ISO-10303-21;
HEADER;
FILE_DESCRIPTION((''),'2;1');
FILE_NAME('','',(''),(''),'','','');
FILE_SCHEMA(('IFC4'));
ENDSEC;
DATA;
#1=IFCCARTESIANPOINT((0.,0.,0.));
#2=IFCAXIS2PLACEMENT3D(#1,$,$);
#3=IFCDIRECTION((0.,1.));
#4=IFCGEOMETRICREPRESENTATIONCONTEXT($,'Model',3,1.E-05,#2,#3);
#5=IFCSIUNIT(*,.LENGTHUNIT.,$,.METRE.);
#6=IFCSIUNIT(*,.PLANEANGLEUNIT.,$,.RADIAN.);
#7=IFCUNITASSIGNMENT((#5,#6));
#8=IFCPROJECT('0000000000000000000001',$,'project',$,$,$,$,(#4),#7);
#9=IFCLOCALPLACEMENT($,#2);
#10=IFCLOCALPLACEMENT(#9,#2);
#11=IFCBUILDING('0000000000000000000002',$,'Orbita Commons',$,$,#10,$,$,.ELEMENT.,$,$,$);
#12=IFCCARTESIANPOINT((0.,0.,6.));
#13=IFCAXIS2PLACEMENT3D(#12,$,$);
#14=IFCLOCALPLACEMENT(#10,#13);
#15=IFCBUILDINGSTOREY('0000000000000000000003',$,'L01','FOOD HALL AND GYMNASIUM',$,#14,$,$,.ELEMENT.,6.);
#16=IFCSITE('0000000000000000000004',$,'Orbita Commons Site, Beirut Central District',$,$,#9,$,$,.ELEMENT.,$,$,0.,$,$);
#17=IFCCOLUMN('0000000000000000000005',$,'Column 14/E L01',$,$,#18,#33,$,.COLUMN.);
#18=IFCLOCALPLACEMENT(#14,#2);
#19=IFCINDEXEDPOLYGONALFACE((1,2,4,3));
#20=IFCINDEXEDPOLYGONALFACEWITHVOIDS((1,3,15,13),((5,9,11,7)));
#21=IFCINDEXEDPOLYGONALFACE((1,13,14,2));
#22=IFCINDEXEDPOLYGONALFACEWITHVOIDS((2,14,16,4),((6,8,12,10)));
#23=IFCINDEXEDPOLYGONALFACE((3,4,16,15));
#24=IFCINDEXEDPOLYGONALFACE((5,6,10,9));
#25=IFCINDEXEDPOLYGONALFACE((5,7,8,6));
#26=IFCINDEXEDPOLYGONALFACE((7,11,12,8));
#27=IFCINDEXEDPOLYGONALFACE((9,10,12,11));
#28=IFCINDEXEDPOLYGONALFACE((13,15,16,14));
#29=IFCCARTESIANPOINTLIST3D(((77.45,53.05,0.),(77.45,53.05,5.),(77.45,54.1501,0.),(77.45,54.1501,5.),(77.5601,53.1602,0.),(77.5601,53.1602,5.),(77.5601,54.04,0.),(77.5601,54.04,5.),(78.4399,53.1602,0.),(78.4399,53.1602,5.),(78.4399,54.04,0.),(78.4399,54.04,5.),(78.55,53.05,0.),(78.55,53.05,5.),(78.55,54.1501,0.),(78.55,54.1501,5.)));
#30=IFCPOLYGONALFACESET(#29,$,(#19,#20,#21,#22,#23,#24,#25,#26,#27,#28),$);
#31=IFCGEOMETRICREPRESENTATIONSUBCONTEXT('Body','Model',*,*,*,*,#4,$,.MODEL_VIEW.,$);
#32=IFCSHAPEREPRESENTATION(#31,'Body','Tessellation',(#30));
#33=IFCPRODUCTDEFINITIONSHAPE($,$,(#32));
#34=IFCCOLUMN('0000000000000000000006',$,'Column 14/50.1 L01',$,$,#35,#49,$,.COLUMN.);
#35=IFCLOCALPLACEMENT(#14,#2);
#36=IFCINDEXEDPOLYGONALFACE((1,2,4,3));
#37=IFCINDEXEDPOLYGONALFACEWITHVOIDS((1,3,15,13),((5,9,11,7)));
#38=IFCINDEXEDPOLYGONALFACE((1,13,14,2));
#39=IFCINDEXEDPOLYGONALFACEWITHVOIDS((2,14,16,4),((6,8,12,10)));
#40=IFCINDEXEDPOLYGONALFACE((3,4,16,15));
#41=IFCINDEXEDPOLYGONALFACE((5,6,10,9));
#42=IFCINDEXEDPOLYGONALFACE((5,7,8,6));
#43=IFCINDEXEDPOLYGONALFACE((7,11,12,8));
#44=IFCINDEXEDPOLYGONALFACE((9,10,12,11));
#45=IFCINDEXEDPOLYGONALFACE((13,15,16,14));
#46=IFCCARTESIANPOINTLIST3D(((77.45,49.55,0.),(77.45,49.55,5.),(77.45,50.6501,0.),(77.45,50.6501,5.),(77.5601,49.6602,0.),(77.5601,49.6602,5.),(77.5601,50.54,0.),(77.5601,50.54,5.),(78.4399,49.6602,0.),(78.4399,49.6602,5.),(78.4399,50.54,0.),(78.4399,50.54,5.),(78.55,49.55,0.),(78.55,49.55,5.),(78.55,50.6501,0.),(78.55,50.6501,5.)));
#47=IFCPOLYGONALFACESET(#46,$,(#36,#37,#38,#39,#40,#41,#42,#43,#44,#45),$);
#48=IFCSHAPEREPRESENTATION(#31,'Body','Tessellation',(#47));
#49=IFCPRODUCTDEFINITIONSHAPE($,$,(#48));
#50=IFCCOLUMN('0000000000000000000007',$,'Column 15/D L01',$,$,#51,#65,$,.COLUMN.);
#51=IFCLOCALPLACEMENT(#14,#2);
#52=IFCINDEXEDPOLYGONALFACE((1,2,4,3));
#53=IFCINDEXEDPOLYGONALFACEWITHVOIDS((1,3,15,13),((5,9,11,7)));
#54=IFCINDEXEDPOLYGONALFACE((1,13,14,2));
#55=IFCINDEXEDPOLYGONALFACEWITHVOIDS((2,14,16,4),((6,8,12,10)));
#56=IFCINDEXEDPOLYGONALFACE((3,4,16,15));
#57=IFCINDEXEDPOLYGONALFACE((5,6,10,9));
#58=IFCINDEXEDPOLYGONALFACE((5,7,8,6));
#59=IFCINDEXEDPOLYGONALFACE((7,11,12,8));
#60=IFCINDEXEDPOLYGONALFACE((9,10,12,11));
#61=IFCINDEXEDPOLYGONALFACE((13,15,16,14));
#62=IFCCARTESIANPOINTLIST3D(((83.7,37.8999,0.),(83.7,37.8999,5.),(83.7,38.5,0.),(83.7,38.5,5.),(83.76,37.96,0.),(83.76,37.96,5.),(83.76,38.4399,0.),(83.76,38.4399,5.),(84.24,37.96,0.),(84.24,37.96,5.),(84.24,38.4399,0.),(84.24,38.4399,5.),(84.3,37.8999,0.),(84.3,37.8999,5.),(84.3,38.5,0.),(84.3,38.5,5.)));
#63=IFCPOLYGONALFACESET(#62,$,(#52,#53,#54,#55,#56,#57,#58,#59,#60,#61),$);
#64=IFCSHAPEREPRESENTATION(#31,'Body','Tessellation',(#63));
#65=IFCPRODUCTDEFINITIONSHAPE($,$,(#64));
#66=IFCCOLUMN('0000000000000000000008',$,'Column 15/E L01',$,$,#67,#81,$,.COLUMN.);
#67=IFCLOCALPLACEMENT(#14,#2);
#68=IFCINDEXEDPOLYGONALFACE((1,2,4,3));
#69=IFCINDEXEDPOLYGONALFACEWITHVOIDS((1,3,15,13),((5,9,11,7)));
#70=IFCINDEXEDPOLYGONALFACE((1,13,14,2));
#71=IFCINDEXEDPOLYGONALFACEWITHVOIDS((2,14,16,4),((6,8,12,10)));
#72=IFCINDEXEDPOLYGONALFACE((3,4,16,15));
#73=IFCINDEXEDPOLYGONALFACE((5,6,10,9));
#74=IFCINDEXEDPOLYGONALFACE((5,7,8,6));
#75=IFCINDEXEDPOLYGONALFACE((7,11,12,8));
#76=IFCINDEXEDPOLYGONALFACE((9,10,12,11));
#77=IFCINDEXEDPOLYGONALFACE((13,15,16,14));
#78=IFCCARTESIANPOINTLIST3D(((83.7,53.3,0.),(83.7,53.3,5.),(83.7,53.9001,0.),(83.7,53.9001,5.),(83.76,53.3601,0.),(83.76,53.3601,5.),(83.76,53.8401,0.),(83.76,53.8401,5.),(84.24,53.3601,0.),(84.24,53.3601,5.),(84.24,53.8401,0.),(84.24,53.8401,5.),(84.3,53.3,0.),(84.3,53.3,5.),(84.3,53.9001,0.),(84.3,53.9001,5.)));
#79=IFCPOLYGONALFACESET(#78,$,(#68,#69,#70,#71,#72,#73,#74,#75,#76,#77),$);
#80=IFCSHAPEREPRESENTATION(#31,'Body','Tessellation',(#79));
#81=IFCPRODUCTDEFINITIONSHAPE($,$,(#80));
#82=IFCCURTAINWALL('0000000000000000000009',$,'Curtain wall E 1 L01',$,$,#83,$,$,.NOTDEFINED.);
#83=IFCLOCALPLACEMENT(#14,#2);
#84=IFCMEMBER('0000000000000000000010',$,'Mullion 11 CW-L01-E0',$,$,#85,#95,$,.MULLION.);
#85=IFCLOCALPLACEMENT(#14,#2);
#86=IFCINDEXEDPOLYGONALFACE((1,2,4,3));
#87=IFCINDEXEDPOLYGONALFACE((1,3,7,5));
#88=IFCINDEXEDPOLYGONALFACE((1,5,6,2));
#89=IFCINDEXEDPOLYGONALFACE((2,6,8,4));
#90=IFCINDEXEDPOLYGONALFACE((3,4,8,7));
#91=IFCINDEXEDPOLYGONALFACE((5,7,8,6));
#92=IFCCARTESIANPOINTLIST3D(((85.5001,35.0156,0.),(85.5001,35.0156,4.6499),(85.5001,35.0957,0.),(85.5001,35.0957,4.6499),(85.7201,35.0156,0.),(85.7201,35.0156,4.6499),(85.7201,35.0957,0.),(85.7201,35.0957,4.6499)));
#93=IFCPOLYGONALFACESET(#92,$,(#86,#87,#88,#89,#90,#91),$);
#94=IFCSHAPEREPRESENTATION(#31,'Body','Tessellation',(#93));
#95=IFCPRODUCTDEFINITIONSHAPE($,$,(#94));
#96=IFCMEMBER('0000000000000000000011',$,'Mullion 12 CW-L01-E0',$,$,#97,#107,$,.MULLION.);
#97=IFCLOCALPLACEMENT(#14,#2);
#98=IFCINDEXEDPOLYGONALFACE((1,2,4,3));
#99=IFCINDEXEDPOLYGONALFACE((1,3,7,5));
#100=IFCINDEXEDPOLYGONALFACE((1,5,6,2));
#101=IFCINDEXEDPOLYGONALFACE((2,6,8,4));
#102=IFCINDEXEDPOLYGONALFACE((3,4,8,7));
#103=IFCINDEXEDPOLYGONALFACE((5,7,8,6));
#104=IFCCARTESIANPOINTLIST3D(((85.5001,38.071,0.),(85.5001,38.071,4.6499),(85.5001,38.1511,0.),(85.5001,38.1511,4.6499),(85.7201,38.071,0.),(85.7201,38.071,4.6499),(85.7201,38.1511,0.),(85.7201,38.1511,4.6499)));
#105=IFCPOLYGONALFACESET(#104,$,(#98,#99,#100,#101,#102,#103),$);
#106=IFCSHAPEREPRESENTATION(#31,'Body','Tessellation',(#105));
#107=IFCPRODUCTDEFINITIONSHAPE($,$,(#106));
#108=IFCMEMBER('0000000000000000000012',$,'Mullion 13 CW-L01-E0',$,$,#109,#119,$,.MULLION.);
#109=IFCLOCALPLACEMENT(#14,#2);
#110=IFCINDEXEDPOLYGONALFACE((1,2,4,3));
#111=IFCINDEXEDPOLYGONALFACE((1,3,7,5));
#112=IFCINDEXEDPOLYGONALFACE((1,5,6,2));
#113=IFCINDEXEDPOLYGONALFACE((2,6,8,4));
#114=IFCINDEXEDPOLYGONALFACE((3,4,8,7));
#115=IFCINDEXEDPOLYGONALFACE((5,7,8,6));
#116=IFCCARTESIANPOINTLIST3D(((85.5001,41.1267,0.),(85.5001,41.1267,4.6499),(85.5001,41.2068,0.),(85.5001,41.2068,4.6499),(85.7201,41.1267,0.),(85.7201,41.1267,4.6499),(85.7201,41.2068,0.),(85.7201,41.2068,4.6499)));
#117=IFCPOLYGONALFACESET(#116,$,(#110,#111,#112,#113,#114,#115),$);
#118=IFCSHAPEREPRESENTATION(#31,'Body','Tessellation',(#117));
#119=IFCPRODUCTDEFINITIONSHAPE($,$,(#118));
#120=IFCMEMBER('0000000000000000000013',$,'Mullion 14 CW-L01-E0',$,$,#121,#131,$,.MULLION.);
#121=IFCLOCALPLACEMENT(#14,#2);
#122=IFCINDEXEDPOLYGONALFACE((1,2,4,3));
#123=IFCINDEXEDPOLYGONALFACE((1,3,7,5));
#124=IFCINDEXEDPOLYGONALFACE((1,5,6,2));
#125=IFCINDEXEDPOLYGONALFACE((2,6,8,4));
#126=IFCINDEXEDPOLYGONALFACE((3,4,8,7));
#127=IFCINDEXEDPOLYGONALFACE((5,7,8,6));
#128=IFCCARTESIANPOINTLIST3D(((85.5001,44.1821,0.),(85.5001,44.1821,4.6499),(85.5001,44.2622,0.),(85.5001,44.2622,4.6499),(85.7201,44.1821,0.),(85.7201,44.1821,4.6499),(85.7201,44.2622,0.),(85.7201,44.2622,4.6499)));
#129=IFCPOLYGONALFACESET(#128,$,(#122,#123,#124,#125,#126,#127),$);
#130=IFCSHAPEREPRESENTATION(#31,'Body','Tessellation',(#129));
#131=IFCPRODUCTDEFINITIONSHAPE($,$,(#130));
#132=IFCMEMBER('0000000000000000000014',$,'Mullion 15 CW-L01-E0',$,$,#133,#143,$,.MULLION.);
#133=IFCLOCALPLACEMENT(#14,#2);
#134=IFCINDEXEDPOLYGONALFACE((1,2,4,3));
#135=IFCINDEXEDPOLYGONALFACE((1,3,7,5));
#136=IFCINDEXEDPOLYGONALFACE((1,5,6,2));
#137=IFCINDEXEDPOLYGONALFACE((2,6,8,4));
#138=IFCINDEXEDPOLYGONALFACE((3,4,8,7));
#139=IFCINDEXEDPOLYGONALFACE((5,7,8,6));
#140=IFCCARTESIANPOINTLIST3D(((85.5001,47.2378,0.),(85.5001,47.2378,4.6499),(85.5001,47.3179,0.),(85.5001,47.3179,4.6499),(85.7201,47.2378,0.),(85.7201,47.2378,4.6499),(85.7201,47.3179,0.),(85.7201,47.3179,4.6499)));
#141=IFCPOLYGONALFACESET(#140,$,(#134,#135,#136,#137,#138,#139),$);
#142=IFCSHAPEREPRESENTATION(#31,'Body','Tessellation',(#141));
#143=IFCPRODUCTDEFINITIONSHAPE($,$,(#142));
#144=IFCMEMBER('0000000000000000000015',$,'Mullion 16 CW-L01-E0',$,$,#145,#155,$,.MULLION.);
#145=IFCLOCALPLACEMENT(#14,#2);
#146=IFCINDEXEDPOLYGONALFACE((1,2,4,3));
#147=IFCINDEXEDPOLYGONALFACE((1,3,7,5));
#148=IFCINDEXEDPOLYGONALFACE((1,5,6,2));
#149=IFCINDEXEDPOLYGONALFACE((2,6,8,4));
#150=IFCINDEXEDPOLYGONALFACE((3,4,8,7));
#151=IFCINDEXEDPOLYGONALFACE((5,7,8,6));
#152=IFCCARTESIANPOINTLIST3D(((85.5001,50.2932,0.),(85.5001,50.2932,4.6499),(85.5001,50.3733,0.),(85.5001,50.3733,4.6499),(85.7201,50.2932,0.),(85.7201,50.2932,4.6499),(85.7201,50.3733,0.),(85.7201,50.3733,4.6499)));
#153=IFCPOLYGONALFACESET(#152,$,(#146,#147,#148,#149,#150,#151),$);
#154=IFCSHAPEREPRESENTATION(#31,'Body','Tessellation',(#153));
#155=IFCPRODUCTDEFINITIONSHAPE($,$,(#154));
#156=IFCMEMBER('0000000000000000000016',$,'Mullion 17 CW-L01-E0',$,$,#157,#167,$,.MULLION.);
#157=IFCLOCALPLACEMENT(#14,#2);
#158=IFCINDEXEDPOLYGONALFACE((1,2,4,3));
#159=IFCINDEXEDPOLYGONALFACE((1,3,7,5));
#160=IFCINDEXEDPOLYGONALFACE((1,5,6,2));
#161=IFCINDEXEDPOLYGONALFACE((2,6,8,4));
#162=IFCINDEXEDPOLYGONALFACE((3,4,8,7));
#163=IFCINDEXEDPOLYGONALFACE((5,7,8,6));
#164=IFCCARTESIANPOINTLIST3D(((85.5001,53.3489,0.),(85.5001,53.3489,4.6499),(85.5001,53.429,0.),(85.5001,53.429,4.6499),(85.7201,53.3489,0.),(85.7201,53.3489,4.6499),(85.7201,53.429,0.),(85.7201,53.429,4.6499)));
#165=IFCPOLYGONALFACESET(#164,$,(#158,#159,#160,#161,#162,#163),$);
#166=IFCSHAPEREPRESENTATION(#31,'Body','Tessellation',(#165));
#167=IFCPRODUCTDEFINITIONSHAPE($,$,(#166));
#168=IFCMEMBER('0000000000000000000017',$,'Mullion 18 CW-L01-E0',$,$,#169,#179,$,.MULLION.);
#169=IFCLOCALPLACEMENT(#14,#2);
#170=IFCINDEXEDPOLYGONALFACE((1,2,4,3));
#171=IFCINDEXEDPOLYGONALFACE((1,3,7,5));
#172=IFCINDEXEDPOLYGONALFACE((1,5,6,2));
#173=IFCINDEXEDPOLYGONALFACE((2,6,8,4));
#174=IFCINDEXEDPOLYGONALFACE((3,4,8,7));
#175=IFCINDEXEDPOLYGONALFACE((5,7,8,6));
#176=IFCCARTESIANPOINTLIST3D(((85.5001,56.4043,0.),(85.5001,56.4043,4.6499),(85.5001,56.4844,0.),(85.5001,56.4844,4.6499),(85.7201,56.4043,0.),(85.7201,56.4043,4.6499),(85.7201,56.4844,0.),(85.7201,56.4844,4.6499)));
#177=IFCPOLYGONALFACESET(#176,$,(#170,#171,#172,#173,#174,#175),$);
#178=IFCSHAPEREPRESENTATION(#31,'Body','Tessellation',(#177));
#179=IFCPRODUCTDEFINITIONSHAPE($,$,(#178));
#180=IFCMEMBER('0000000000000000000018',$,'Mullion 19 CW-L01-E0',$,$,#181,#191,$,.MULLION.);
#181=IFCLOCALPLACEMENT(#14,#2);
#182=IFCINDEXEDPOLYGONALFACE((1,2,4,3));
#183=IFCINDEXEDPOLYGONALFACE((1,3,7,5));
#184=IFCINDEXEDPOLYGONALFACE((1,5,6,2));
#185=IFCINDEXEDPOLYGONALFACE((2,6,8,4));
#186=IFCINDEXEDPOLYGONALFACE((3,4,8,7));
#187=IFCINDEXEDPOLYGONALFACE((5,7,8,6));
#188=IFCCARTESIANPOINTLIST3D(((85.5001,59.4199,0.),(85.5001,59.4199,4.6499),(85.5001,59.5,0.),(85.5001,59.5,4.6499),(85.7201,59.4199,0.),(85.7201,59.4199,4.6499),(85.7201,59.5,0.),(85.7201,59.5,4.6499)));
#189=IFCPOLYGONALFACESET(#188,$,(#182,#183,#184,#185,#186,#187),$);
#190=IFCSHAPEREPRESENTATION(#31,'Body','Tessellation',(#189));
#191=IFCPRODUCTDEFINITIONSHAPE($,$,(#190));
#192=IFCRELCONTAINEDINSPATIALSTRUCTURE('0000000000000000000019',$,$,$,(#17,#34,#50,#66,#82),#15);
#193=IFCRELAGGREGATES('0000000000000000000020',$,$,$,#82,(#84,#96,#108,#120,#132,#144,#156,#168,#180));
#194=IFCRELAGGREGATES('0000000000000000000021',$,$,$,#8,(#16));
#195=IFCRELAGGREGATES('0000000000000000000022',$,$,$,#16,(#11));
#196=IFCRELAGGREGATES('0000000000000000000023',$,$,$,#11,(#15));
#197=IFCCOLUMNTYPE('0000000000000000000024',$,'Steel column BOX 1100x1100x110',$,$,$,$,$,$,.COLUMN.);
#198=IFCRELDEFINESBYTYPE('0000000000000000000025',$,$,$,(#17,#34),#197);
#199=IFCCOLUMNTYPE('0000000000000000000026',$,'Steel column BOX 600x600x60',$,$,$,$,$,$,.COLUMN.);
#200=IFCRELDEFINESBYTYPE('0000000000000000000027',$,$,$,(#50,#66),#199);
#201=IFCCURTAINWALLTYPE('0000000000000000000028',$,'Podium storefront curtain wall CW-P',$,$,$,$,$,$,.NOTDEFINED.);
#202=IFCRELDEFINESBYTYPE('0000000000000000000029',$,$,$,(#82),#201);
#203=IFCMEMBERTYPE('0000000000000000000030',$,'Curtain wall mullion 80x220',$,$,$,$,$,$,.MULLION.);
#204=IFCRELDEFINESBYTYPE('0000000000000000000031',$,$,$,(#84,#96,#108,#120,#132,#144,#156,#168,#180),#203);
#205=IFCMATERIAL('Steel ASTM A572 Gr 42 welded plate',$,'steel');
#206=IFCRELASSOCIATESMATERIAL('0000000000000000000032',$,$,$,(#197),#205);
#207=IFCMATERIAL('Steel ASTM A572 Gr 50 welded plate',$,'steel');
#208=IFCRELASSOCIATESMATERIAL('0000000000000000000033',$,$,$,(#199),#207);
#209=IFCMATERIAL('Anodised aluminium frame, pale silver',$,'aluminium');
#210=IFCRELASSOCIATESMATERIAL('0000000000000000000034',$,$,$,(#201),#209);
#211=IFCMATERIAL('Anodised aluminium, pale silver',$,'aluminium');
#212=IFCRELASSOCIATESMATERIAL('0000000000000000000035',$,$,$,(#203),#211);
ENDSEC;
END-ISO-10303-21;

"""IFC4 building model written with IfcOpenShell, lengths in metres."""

from ifc_helpers import new_model, si_unit, direction, frame, origin, origin_2d, place, context, subcontext, project, spatial, rectangle, hollow_rectangle, extrude, material, material_profile, profile_set, type_object, element, aggregate, save


model = new_model("IFC4")

# Units and contexts
model_context = context("Model", 3, precision=1e-05, world=origin(), true_north=direction((0.0, 1.0)))
body_context = subcontext(model_context, "Body", "Model", "MODEL_VIEW")
ifc_project = project(units=[si_unit("LENGTHUNIT", "METRE"), si_unit("PLANEANGLEUNIT", "RADIAN")], contexts=[model_context])

# Site, building, storey
site_placement = place(None, origin())
site = spatial("IfcSite", under=ifc_project, at=site_placement, Name="Orbita Commons Site, Beirut Central District", CompositionType="ELEMENT", RefElevation=0.0)
building_placement = place(site_placement, origin())
building = spatial("IfcBuilding", under=site, at=building_placement, Name="Orbita Commons", CompositionType="ELEMENT")
storey_placement = place(building_placement, frame((0.0, 0.0, 6.0)))
storey = spatial("IfcBuildingStorey", under=building, at=storey_placement, Name="L01", Description="FOOD HALL AND GYMNASIUM", CompositionType="ELEMENT", Elevation=6.0)

# Columns
ifc_material_1 = material(Name="Steel ASTM A572 Gr 42 welded plate", Category="steel")
ifc_material_profile_1 = material_profile(ifc_material_1, hollow_rectangle(XDim=1.1001, YDim=1.1001, WallThickness=0.1101, at=origin_2d()), Name="BOX 1100x1100x110")
ifc_profile_set_1 = profile_set([ifc_material_profile_1], Name="Steel ASTM A572 Gr 42 welded plate")
column_type_1 = type_object("IfcColumnType", Name="Steel column BOX 1100x1100x110", PredefinedType="COLUMN", material=ifc_profile_set_1)
for number, where, z_axis, x_axis, name in (
    (1, (78.0, 53.6001, 0.0), (0.0, 0.0, 1.0), (1.0, 0.0, 0.0), "Column 14/E L01"),
    (2, (78.0, 50.1001, 0.0), (0.0, 0.0, 1.0), (1.0, 0.0, 0.0), "Column 14/50.1 L01"),
):
    element("IfcColumn", number, at=place(storey_placement, frame(where, z_axis=z_axis, x_axis=x_axis)), inside=storey, type_object=column_type_1, Name=name, PredefinedType="COLUMN", context=body_context, shape_type="SweptSolid", body=[
        extrude(hollow_rectangle(XDim=1.1001, YDim=1.1001, WallThickness=0.1101, at=origin_2d()), origin(), (0.0, 0.0, 1.0), 5.0),
    ])
ifc_material_2 = material(Name="Steel ASTM A572 Gr 50 welded plate", Category="steel")
ifc_material_profile_2 = material_profile(ifc_material_2, hollow_rectangle(XDim=0.6001, YDim=0.6001, WallThickness=0.0601, at=origin_2d()), Name="BOX 600x600x60")
ifc_profile_set_2 = profile_set([ifc_material_profile_2], Name="Steel ASTM A572 Gr 50 welded plate")
column_type_2 = type_object("IfcColumnType", Name="Steel column BOX 600x600x60", PredefinedType="COLUMN", material=ifc_profile_set_2)
for number, where, z_axis, x_axis, name in (
    (3, (84.0, 38.2, 0.0), (0.0, 0.0, 1.0), (1.0, 0.0, 0.0), "Column 15/D L01"),
    (4, (84.0, 53.6001, 0.0), (0.0, 0.0, 1.0), (1.0, 0.0, 0.0), "Column 15/E L01"),
):
    element("IfcColumn", number, at=place(storey_placement, frame(where, z_axis=z_axis, x_axis=x_axis)), inside=storey, type_object=column_type_2, Name=name, PredefinedType="COLUMN", context=body_context, shape_type="SweptSolid", body=[
        extrude(hollow_rectangle(XDim=0.6001, YDim=0.6001, WallThickness=0.0601, at=origin_2d()), origin(), (0.0, 0.0, 1.0), 5.0),
    ])

# Curtain wall, members
ifc_material_3 = material(Name="Anodised aluminium frame, pale silver", Category="aluminium")
curtain_wall_type = type_object("IfcCurtainWallType", Name="Podium storefront curtain wall CW-P", PredefinedType="NOTDEFINED", material=ifc_material_3)
curtain_wall_placement = place(storey_placement, origin())
curtain_wall = element("IfcCurtainWall", 5, at=curtain_wall_placement, inside=storey, type_object=curtain_wall_type, Name="Curtain wall E 1 L01", PredefinedType="NOTDEFINED")
ifc_material_4 = material(Name="Anodised aluminium, pale silver", Category="aluminium")
ifc_material_profile_3 = material_profile(ifc_material_4, rectangle(XDim=0.0801, YDim=0.22, at=origin_2d()), Name="AL 80x220")
ifc_profile_set_3 = profile_set([ifc_material_profile_3], Name="Anodised aluminium, pale silver")
member_type_1 = type_object("IfcMemberType", Name="Curtain wall mullion 80x220", PredefinedType="MULLION", material=ifc_profile_set_3)
member_1_placement = place(storey_placement, frame((85.6101, 35.0557, 0.0), z_axis=(0.0, 0.0, 1.0), x_axis=(0.0, 1.0, 0.0)))
member_1 = element("IfcMember", 6, at=member_1_placement, type_object=member_type_1, Name="Mullion 11 CW-L01-E0", PredefinedType="MULLION", context=body_context, shape_type="SweptSolid", body=[
    extrude(rectangle(XDim=0.0801, YDim=0.22, at=origin_2d()), origin(), (0.0, 0.0, 1.0), 4.6499),
])
member_2_placement = place(storey_placement, frame((85.6101, 38.1111, 0.0), z_axis=(0.0, 0.0, 1.0), x_axis=(0.0, 1.0, 0.0)))
member_2 = element("IfcMember", 7, at=member_2_placement, type_object=member_type_1, Name="Mullion 12 CW-L01-E0", PredefinedType="MULLION", context=body_context, shape_type="SweptSolid", body=[
    extrude(rectangle(XDim=0.0801, YDim=0.22, at=origin_2d()), origin(), (0.0, 0.0, 1.0), 4.6499),
])
member_3_placement = place(storey_placement, frame((85.6101, 41.1667, 0.0), z_axis=(0.0, 0.0, 1.0), x_axis=(0.0, 1.0, 0.0)))
member_3 = element("IfcMember", 8, at=member_3_placement, type_object=member_type_1, Name="Mullion 13 CW-L01-E0", PredefinedType="MULLION", context=body_context, shape_type="SweptSolid", body=[
    extrude(rectangle(XDim=0.0801, YDim=0.22, at=origin_2d()), origin(), (0.0, 0.0, 1.0), 4.6499),
])
member_4_placement = place(storey_placement, frame((85.6101, 44.2222, 0.0), z_axis=(0.0, 0.0, 1.0), x_axis=(0.0, 1.0, 0.0)))
member_4 = element("IfcMember", 9, at=member_4_placement, type_object=member_type_1, Name="Mullion 14 CW-L01-E0", PredefinedType="MULLION", context=body_context, shape_type="SweptSolid", body=[
    extrude(rectangle(XDim=0.0801, YDim=0.22, at=origin_2d()), origin(), (0.0, 0.0, 1.0), 4.6499),
])
member_5_placement = place(storey_placement, frame((85.6101, 47.2778, 0.0), z_axis=(0.0, 0.0, 1.0), x_axis=(0.0, 1.0, 0.0)))
member_5 = element("IfcMember", 10, at=member_5_placement, type_object=member_type_1, Name="Mullion 15 CW-L01-E0", PredefinedType="MULLION", context=body_context, shape_type="SweptSolid", body=[
    extrude(rectangle(XDim=0.0801, YDim=0.22, at=origin_2d()), origin(), (0.0, 0.0, 1.0), 4.6499),
])
member_6_placement = place(storey_placement, frame((85.6101, 50.3333, 0.0), z_axis=(0.0, 0.0, 1.0), x_axis=(0.0, 1.0, 0.0)))
member_6 = element("IfcMember", 11, at=member_6_placement, type_object=member_type_1, Name="Mullion 16 CW-L01-E0", PredefinedType="MULLION", context=body_context, shape_type="SweptSolid", body=[
    extrude(rectangle(XDim=0.0801, YDim=0.22, at=origin_2d()), origin(), (0.0, 0.0, 1.0), 4.6499),
])
member_7_placement = place(storey_placement, frame((85.6101, 53.3889, 0.0), z_axis=(0.0, 0.0, 1.0), x_axis=(0.0, 1.0, 0.0)))
member_7 = element("IfcMember", 12, at=member_7_placement, type_object=member_type_1, Name="Mullion 17 CW-L01-E0", PredefinedType="MULLION", context=body_context, shape_type="SweptSolid", body=[
    extrude(rectangle(XDim=0.0801, YDim=0.22, at=origin_2d()), origin(), (0.0, 0.0, 1.0), 4.6499),
])
member_8_placement = place(storey_placement, frame((85.6101, 56.4443, 0.0), z_axis=(0.0, 0.0, 1.0), x_axis=(0.0, 1.0, 0.0)))
member_8 = element("IfcMember", 13, at=member_8_placement, type_object=member_type_1, Name="Mullion 18 CW-L01-E0", PredefinedType="MULLION", context=body_context, shape_type="SweptSolid", body=[
    extrude(rectangle(XDim=0.0801, YDim=0.22, at=origin_2d()), origin(), (0.0, 0.0, 1.0), 4.6499),
])
member_9_placement = place(storey_placement, frame((85.6101, 59.46, 0.0), z_axis=(0.0, 0.0, 1.0), x_axis=(0.0, 1.0, 0.0)))
member_9 = element("IfcMember", 14, at=member_9_placement, type_object=member_type_1, Name="Mullion 19 CW-L01-E0", PredefinedType="MULLION", context=body_context, shape_type="SweptSolid", body=[
    extrude(rectangle(XDim=0.0801, YDim=0.22, at=origin_2d()), origin(), (0.0, 0.0, 1.0), 4.6499),
])

aggregate(curtain_wall, [member_1, member_2, member_3, member_4, member_5, member_6, member_7, member_8, member_9])

save(model, "model.ifc")
